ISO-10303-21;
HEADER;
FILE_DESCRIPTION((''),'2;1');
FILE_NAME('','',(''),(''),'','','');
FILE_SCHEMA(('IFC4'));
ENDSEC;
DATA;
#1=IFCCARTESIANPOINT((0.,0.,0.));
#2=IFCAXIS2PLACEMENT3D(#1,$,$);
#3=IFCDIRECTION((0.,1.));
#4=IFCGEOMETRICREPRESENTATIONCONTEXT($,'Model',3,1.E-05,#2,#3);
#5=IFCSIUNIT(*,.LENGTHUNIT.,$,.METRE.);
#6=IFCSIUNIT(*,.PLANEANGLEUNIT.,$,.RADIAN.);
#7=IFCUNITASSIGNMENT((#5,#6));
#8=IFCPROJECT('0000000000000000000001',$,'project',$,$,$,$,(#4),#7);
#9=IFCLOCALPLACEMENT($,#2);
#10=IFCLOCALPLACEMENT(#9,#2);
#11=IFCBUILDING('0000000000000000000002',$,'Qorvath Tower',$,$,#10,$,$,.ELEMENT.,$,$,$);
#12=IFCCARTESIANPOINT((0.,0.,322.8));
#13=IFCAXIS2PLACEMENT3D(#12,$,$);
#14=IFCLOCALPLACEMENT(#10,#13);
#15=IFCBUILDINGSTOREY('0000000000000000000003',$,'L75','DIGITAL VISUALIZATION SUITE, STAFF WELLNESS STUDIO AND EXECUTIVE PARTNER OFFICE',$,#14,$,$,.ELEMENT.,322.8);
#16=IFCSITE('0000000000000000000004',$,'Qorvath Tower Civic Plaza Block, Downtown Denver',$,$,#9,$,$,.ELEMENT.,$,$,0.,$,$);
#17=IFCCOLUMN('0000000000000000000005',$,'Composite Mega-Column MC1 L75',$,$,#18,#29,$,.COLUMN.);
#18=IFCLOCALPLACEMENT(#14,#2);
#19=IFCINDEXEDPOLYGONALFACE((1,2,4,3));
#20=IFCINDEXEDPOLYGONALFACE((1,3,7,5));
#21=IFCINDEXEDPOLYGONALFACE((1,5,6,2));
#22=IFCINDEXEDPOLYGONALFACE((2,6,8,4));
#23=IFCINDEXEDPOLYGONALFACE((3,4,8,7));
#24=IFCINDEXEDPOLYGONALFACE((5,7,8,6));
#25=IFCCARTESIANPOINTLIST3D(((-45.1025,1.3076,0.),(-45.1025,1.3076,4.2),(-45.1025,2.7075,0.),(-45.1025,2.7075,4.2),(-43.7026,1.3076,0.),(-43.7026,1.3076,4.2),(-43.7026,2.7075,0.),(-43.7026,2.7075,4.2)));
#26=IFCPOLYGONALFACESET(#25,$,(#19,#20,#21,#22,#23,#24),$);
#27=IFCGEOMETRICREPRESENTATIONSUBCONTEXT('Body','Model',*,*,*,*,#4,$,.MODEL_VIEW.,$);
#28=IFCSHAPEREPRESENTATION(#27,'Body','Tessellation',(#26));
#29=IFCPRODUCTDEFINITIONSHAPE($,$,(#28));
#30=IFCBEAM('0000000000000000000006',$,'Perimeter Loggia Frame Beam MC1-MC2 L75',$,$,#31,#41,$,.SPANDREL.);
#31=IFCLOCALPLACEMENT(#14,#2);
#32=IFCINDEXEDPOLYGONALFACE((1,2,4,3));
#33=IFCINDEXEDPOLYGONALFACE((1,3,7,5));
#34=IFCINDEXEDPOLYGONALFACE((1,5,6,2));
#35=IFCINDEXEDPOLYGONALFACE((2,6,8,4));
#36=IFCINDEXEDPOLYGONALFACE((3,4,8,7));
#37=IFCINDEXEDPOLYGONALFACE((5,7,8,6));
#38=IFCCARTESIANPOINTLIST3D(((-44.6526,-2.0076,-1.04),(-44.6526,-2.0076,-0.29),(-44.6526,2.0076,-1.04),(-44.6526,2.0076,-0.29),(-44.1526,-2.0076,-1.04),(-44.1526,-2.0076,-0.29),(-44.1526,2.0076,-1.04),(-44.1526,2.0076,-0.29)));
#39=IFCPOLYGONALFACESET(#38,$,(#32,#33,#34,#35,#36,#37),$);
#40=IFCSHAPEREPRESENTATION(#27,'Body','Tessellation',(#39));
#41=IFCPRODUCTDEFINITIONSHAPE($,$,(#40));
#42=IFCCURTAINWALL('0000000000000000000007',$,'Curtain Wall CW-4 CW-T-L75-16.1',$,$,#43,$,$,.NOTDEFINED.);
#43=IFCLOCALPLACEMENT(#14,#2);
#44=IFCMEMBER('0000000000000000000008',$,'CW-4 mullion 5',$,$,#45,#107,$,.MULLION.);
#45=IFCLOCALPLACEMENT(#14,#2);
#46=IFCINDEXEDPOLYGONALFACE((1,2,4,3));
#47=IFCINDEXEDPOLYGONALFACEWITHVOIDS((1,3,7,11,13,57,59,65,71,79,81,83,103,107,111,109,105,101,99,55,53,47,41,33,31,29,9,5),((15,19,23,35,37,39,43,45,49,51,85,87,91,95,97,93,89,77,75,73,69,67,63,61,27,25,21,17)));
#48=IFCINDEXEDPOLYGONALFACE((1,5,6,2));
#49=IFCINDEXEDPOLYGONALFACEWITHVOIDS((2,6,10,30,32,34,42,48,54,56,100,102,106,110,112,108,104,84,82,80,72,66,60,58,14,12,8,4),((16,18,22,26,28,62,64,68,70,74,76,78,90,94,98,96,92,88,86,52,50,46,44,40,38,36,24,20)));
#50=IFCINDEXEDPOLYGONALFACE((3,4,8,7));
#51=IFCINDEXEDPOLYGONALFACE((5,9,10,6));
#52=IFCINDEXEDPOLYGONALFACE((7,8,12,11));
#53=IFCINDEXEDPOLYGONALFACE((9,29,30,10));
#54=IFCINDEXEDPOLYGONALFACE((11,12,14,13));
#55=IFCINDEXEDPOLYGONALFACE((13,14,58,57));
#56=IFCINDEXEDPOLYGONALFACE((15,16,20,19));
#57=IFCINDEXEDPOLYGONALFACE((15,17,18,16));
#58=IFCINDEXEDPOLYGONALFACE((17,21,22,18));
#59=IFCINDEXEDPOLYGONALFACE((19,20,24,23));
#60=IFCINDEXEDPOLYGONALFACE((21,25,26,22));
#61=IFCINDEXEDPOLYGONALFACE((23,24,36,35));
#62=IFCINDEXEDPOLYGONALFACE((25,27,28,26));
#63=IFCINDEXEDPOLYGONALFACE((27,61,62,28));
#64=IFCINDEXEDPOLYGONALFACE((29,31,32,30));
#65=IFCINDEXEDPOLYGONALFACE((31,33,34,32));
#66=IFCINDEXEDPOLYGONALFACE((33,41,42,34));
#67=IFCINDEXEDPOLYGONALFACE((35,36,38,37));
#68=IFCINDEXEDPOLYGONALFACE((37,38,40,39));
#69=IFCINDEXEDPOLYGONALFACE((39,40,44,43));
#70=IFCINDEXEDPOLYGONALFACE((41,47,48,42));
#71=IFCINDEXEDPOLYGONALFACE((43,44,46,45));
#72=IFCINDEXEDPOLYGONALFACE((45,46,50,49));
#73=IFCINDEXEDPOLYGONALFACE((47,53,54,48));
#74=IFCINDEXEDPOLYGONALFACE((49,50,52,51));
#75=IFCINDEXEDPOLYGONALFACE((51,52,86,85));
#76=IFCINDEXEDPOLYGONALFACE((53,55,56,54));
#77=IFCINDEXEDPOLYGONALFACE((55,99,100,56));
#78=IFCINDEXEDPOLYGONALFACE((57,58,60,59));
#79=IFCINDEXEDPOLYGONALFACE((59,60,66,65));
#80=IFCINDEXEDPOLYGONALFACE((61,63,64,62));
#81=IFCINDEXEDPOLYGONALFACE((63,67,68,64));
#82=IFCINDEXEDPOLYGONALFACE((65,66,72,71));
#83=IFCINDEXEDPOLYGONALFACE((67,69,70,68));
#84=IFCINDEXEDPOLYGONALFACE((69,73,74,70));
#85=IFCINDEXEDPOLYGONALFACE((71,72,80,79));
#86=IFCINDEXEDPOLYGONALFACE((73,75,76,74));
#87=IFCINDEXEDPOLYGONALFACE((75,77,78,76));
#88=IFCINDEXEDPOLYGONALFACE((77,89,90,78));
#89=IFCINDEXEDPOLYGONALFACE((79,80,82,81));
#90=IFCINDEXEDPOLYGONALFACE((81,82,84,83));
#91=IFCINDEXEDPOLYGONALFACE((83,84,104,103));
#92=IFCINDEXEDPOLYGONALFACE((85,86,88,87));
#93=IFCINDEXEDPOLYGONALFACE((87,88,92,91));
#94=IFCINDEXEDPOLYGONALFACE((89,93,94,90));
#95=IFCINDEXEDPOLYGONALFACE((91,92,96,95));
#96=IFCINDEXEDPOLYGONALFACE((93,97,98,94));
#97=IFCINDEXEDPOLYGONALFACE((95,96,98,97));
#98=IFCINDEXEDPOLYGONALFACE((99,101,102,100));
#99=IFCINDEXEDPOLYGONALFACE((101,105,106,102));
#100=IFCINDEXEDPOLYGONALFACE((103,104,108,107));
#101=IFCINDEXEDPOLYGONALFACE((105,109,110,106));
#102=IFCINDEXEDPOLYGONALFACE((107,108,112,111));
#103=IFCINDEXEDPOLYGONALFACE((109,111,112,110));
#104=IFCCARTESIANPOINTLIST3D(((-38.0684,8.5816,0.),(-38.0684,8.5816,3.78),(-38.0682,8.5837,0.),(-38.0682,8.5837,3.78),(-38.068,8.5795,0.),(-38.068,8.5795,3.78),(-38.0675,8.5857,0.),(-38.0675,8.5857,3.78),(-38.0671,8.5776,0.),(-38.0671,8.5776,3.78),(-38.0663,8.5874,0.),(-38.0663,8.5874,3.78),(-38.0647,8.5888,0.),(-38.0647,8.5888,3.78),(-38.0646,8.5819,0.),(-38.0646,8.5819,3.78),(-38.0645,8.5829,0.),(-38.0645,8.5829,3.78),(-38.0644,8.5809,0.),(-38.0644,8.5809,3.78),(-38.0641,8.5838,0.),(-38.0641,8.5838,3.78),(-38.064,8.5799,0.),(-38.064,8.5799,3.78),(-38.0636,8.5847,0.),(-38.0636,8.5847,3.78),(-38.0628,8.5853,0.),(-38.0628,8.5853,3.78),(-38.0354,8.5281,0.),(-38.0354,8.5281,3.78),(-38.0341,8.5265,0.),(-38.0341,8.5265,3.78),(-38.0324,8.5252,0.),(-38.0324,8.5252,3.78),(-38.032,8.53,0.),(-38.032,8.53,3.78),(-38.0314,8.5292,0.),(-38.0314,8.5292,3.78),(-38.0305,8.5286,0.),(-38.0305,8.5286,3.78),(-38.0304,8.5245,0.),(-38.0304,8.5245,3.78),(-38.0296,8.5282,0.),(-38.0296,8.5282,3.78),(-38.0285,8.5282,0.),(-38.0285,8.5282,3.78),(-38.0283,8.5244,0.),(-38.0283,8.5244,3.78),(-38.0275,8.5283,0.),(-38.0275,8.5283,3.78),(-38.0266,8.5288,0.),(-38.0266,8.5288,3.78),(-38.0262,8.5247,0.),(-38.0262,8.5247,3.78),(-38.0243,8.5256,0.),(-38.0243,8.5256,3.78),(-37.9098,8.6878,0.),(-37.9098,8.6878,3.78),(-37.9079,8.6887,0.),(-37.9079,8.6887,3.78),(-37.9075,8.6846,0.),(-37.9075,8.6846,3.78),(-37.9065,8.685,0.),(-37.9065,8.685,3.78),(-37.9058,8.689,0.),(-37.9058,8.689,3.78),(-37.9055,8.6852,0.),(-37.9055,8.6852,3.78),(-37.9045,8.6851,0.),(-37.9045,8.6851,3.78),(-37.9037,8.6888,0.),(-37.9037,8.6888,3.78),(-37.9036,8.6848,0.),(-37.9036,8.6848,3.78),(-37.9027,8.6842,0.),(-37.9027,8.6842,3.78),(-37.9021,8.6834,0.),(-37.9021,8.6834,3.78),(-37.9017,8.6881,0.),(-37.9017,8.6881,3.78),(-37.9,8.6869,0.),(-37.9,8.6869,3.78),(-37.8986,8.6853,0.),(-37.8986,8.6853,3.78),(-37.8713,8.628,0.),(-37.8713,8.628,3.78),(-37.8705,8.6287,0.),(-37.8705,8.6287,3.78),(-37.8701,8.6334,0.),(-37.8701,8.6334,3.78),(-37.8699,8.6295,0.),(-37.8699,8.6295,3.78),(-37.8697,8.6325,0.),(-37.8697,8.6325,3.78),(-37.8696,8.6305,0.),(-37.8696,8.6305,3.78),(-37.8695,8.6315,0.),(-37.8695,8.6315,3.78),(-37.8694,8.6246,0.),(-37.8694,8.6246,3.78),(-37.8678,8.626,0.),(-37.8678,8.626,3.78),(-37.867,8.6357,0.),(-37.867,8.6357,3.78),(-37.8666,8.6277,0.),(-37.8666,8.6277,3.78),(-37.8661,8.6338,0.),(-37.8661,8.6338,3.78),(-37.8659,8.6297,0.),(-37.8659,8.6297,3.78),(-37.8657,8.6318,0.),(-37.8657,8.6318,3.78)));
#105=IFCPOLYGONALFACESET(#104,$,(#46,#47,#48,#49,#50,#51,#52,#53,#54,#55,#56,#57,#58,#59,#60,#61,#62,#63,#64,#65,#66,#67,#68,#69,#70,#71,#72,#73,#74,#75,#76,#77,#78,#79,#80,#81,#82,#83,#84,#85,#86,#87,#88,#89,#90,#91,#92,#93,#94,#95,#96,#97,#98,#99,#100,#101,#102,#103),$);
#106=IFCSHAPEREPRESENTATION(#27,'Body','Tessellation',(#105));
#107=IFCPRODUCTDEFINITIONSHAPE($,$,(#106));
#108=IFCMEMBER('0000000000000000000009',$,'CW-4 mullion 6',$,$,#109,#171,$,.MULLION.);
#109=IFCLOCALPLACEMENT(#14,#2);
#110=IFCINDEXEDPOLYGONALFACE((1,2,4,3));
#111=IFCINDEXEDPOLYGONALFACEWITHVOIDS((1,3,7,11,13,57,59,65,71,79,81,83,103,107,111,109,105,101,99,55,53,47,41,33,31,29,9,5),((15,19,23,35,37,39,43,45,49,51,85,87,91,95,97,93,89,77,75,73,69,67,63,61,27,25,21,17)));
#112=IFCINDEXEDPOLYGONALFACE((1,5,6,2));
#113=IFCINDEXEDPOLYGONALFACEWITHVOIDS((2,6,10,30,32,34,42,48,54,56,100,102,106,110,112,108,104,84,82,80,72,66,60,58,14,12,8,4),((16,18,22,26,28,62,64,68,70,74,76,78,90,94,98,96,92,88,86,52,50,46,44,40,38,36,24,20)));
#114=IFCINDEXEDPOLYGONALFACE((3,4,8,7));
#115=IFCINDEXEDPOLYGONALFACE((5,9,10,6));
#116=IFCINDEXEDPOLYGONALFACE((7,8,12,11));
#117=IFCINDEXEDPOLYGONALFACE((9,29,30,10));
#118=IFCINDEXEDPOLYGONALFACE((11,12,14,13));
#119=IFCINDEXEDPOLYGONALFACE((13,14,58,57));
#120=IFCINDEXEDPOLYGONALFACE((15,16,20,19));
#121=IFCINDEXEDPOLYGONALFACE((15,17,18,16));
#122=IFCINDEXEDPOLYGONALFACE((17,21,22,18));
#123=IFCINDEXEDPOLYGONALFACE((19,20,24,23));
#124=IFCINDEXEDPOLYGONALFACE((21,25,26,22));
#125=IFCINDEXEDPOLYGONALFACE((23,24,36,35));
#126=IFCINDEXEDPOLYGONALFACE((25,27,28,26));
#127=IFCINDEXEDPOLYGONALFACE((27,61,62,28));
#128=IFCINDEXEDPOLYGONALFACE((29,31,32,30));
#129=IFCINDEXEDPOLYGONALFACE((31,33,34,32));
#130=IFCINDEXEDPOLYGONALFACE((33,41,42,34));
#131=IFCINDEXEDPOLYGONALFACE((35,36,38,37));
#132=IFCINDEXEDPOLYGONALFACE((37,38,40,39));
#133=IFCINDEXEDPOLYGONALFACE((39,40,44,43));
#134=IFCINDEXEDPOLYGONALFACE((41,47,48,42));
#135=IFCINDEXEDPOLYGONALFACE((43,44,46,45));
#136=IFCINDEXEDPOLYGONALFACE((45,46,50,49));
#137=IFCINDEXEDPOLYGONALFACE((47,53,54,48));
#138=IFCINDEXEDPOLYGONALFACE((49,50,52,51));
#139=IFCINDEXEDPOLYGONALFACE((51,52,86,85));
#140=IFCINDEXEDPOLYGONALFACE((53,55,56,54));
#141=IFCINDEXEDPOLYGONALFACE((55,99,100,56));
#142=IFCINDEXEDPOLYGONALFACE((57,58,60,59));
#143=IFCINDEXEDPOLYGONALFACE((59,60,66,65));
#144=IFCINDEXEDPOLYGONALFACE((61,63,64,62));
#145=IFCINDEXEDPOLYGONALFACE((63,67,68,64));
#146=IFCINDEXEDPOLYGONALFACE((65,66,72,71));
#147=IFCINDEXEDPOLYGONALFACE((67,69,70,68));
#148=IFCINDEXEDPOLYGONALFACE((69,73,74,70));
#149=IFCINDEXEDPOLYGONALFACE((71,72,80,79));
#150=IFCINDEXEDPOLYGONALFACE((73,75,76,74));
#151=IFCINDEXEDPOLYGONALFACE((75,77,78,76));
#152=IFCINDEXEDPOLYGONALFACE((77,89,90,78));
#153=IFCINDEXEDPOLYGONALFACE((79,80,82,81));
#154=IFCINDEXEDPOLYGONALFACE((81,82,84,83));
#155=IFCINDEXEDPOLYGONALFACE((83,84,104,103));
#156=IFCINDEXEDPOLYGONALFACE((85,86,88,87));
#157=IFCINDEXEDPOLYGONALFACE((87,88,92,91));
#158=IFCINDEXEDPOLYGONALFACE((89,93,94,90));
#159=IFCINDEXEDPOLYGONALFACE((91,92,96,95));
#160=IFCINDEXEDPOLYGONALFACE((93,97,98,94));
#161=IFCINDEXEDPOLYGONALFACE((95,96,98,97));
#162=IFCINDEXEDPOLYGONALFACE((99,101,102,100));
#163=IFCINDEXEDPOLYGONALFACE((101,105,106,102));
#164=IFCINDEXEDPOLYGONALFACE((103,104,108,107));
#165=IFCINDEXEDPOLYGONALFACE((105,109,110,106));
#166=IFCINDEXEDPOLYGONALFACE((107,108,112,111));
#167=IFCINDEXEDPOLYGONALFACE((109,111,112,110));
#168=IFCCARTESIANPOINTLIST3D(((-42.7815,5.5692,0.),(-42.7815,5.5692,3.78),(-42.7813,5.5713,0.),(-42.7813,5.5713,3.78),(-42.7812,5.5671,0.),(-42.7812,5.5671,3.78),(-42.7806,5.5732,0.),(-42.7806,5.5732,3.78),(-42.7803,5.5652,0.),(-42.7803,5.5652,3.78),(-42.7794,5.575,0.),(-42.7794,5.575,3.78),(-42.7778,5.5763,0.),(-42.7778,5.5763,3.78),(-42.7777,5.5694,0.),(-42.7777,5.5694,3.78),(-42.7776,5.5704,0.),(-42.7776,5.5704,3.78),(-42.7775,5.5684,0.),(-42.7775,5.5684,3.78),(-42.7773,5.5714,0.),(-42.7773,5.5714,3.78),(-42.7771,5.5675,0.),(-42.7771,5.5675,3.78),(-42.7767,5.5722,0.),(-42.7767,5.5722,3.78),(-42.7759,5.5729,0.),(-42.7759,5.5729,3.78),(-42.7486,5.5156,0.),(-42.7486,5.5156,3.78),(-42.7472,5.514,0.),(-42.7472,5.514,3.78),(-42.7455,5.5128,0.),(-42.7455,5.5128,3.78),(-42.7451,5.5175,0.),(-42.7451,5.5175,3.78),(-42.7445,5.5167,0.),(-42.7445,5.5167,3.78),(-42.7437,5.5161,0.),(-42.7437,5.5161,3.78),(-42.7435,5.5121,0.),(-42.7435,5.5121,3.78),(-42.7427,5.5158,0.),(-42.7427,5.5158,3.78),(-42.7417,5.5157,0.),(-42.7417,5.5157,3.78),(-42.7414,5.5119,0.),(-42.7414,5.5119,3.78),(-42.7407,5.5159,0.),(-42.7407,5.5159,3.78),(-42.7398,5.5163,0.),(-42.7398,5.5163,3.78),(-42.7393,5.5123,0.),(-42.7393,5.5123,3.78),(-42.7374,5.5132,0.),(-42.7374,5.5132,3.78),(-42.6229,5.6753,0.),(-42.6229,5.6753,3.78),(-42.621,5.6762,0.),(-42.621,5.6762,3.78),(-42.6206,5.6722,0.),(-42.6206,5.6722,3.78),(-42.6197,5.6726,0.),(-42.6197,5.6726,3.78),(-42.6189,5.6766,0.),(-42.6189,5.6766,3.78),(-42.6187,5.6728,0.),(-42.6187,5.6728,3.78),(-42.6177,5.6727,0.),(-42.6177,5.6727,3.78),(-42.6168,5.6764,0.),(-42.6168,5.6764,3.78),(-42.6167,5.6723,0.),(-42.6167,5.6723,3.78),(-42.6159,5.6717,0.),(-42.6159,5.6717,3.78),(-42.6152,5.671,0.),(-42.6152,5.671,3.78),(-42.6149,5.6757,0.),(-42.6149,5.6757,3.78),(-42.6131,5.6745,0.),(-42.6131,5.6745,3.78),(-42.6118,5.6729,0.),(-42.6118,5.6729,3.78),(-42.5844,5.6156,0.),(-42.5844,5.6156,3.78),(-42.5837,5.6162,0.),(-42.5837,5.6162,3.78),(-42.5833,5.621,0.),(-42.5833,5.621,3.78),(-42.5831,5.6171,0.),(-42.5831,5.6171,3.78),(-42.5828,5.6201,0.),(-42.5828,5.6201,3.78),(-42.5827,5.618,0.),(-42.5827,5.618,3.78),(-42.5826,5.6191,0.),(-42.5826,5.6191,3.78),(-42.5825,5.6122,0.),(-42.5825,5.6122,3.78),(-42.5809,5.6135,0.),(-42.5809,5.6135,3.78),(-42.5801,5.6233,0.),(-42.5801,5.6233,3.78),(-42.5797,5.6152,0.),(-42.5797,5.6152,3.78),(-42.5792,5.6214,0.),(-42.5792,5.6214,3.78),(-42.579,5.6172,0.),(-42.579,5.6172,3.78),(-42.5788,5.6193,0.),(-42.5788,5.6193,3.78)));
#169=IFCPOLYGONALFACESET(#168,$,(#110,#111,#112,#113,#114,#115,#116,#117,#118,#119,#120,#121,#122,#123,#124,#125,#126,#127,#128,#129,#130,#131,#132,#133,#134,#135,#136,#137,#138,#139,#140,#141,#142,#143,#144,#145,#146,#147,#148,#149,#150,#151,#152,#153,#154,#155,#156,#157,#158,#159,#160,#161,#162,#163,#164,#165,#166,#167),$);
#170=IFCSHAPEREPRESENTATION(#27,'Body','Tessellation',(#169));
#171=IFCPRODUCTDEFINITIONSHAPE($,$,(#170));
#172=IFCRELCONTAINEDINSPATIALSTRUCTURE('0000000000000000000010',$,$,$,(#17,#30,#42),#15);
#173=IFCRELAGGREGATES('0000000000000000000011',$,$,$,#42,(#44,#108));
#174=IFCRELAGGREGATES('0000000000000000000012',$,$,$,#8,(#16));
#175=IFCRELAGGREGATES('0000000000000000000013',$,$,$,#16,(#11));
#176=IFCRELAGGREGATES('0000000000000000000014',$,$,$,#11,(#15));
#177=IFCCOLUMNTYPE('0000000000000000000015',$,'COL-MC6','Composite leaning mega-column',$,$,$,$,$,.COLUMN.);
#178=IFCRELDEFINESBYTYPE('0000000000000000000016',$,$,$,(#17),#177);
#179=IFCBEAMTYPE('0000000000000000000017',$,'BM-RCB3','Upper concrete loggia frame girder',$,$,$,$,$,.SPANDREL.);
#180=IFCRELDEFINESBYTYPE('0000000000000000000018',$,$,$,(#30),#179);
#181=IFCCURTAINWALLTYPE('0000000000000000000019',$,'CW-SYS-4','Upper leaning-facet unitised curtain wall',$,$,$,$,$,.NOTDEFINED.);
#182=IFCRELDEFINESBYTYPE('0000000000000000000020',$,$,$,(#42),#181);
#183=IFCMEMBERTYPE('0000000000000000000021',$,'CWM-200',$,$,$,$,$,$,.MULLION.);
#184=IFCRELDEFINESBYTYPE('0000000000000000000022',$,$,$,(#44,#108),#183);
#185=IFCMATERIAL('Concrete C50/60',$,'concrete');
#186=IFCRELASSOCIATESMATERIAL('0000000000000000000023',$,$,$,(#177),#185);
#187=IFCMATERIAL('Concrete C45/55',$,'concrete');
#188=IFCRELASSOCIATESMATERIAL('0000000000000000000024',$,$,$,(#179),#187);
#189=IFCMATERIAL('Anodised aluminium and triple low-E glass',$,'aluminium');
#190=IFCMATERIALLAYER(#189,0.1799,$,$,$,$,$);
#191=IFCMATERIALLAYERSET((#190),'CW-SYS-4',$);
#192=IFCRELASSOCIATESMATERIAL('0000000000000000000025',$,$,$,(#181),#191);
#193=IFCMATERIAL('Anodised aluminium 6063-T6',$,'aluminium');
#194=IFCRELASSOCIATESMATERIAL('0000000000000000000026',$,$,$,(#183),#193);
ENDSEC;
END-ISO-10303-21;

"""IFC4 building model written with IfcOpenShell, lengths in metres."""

from ifc_helpers import new_model, si_unit, direction, frame, origin, origin_2d, place, context, subcontext, project, spatial, rectangle, hollow_rectangle, extrude, material, layer, layer_set, material_profile, profile_set, type_object, element, aggregate, save


model = new_model("IFC4")

# Units and contexts
model_context = context("Model", 3, precision=1e-05, world=origin(), true_north=direction((0.0, 1.0)))
body_context = subcontext(model_context, "Body", "Model", "MODEL_VIEW")
ifc_project = project(units=[si_unit("LENGTHUNIT", "METRE"), si_unit("PLANEANGLEUNIT", "RADIAN")], contexts=[model_context])

# Site, building, storey
site_placement = place(None, origin())
site = spatial("IfcSite", under=ifc_project, at=site_placement, Name="Qorvath Tower Civic Plaza Block, Downtown Denver", CompositionType="ELEMENT", RefElevation=0.0)
building_placement = place(site_placement, origin())
building = spatial("IfcBuilding", under=site, at=building_placement, Name="Qorvath Tower", CompositionType="ELEMENT")
storey_placement = place(building_placement, frame((0.0, 0.0, 322.8)))
storey = spatial("IfcBuildingStorey", under=building, at=storey_placement, Name="L75", Description="DIGITAL VISUALIZATION SUITE, STAFF WELLNESS STUDIO AND EXECUTIVE PARTNER OFFICE", CompositionType="ELEMENT", Elevation=322.8)

# Column
ifc_material_1 = material(Name="Concrete C50/60", Category="concrete")
ifc_material_profile_1 = material_profile(ifc_material_1, rectangle(XDim=1.3999, YDim=1.3999, at=origin_2d()), Name="MC 1400x1400")
ifc_profile_set_1 = profile_set([ifc_material_profile_1], Name="Concrete C50/60")
column_type = type_object("IfcColumnType", Name="COL-MC6", Description="Composite leaning mega-column", PredefinedType="COLUMN", material=ifc_profile_set_1)
column_placement = place(storey_placement, frame((-44.4026, 2.0076, 0.0), z_axis=(0.0, 0.0, 1.0), x_axis=(1.0, 0.0, 0.0)))
element("IfcColumn", 1, at=column_placement, inside=storey, type_object=column_type, Name="Composite Mega-Column MC1 L75", PredefinedType="COLUMN", context=body_context, shape_type="SweptSolid", body=[
    extrude(rectangle(XDim=1.3999, YDim=1.3999, at=origin_2d()), origin(), (0.0, 0.0, 1.0), 4.2),
])

# Beam
ifc_material_2 = material(Name="Concrete C45/55", Category="concrete")
ifc_material_profile_2 = material_profile(ifc_material_2, rectangle(XDim=0.5, YDim=0.75, at=origin_2d()), Name="RCB 750x500")
ifc_profile_set_2 = profile_set([ifc_material_profile_2], Name="Concrete C45/55")
beam_type = type_object("IfcBeamType", Name="BM-RCB3", Description="Upper concrete loggia frame girder", PredefinedType="SPANDREL", material=ifc_profile_set_2)
beam_placement = place(storey_placement, frame((-44.4026, 2.0076, -0.665), z_axis=(0.0, -1.0, 0.0), x_axis=(1.0, 0.0, 0.0)))
element("IfcBeam", 2, at=beam_placement, inside=storey, type_object=beam_type, Name="Perimeter Loggia Frame Beam MC1-MC2 L75", PredefinedType="SPANDREL", context=body_context, shape_type="SweptSolid", body=[
    extrude(rectangle(XDim=0.5, YDim=0.75, at=origin_2d()), origin(), (0.0, 0.0, 1.0), 4.0151),
])

# Curtain wall, members
ifc_material_3 = material(Name="Anodised aluminium and triple low-E glass", Category="aluminium")
ifc_layer_1 = layer(ifc_material_3, 0.1799)
ifc_layer_set_1 = layer_set([ifc_layer_1], Name="CW-SYS-4")
curtain_wall_type = type_object("IfcCurtainWallType", Name="CW-SYS-4", Description="Upper leaning-facet unitised curtain wall", PredefinedType="NOTDEFINED", material=ifc_layer_set_1)
curtain_wall_placement = place(storey_placement, origin())
curtain_wall = element("IfcCurtainWall", 3, at=curtain_wall_placement, inside=storey, type_object=curtain_wall_type, Name="Curtain Wall CW-4 CW-T-L75-16.1", PredefinedType="NOTDEFINED")
ifc_material_4 = material(Name="Anodised aluminium 6063-T6", Category="aluminium")
ifc_material_profile_3 = material_profile(ifc_material_4, hollow_rectangle(XDim=0.075, YDim=0.2, WallThickness=0.0039, InnerFilletRadius=0.0039, OuterFilletRadius=0.0081, at=origin_2d()), Name="CWM 200x75")
ifc_profile_set_3 = profile_set([ifc_material_profile_3], Name="Anodised aluminium 6063-T6")
member_type_1 = type_object("IfcMemberType", Name="CWM-200", PredefinedType="MULLION", material=ifc_profile_set_3)
member_1_placement = place(storey_placement, frame((-37.967, 8.6067, 0.0), z_axis=(0.0, 0.0, 1.0), x_axis=(0.538536, -0.842603, 0.0)))
member_1 = element("IfcMember", 4, at=member_1_placement, type_object=member_type_1, Name="CW-4 mullion 5", PredefinedType="MULLION", context=body_context, shape_type="SweptSolid", body=[
    extrude(hollow_rectangle(XDim=0.075, YDim=0.2, WallThickness=0.0039, InnerFilletRadius=0.0039, OuterFilletRadius=0.0081, at=origin_2d()), origin(), (0.0, 0.0, 1.0), 3.78),
])
member_2_placement = place(storey_placement, frame((-42.6802, 5.5942, 0.0), z_axis=(0.0, 0.0, 1.0), x_axis=(0.538536, -0.842603, 0.0)))
member_2 = element("IfcMember", 5, at=member_2_placement, type_object=member_type_1, Name="CW-4 mullion 6", PredefinedType="MULLION", context=body_context, shape_type="SweptSolid", body=[
    extrude(hollow_rectangle(XDim=0.075, YDim=0.2, WallThickness=0.0039, InnerFilletRadius=0.0039, OuterFilletRadius=0.0081, at=origin_2d()), origin(), (0.0, 0.0, 1.0), 3.78),
])
aggregate(curtain_wall, [member_1, member_2])

save(model, "model.ifc")
